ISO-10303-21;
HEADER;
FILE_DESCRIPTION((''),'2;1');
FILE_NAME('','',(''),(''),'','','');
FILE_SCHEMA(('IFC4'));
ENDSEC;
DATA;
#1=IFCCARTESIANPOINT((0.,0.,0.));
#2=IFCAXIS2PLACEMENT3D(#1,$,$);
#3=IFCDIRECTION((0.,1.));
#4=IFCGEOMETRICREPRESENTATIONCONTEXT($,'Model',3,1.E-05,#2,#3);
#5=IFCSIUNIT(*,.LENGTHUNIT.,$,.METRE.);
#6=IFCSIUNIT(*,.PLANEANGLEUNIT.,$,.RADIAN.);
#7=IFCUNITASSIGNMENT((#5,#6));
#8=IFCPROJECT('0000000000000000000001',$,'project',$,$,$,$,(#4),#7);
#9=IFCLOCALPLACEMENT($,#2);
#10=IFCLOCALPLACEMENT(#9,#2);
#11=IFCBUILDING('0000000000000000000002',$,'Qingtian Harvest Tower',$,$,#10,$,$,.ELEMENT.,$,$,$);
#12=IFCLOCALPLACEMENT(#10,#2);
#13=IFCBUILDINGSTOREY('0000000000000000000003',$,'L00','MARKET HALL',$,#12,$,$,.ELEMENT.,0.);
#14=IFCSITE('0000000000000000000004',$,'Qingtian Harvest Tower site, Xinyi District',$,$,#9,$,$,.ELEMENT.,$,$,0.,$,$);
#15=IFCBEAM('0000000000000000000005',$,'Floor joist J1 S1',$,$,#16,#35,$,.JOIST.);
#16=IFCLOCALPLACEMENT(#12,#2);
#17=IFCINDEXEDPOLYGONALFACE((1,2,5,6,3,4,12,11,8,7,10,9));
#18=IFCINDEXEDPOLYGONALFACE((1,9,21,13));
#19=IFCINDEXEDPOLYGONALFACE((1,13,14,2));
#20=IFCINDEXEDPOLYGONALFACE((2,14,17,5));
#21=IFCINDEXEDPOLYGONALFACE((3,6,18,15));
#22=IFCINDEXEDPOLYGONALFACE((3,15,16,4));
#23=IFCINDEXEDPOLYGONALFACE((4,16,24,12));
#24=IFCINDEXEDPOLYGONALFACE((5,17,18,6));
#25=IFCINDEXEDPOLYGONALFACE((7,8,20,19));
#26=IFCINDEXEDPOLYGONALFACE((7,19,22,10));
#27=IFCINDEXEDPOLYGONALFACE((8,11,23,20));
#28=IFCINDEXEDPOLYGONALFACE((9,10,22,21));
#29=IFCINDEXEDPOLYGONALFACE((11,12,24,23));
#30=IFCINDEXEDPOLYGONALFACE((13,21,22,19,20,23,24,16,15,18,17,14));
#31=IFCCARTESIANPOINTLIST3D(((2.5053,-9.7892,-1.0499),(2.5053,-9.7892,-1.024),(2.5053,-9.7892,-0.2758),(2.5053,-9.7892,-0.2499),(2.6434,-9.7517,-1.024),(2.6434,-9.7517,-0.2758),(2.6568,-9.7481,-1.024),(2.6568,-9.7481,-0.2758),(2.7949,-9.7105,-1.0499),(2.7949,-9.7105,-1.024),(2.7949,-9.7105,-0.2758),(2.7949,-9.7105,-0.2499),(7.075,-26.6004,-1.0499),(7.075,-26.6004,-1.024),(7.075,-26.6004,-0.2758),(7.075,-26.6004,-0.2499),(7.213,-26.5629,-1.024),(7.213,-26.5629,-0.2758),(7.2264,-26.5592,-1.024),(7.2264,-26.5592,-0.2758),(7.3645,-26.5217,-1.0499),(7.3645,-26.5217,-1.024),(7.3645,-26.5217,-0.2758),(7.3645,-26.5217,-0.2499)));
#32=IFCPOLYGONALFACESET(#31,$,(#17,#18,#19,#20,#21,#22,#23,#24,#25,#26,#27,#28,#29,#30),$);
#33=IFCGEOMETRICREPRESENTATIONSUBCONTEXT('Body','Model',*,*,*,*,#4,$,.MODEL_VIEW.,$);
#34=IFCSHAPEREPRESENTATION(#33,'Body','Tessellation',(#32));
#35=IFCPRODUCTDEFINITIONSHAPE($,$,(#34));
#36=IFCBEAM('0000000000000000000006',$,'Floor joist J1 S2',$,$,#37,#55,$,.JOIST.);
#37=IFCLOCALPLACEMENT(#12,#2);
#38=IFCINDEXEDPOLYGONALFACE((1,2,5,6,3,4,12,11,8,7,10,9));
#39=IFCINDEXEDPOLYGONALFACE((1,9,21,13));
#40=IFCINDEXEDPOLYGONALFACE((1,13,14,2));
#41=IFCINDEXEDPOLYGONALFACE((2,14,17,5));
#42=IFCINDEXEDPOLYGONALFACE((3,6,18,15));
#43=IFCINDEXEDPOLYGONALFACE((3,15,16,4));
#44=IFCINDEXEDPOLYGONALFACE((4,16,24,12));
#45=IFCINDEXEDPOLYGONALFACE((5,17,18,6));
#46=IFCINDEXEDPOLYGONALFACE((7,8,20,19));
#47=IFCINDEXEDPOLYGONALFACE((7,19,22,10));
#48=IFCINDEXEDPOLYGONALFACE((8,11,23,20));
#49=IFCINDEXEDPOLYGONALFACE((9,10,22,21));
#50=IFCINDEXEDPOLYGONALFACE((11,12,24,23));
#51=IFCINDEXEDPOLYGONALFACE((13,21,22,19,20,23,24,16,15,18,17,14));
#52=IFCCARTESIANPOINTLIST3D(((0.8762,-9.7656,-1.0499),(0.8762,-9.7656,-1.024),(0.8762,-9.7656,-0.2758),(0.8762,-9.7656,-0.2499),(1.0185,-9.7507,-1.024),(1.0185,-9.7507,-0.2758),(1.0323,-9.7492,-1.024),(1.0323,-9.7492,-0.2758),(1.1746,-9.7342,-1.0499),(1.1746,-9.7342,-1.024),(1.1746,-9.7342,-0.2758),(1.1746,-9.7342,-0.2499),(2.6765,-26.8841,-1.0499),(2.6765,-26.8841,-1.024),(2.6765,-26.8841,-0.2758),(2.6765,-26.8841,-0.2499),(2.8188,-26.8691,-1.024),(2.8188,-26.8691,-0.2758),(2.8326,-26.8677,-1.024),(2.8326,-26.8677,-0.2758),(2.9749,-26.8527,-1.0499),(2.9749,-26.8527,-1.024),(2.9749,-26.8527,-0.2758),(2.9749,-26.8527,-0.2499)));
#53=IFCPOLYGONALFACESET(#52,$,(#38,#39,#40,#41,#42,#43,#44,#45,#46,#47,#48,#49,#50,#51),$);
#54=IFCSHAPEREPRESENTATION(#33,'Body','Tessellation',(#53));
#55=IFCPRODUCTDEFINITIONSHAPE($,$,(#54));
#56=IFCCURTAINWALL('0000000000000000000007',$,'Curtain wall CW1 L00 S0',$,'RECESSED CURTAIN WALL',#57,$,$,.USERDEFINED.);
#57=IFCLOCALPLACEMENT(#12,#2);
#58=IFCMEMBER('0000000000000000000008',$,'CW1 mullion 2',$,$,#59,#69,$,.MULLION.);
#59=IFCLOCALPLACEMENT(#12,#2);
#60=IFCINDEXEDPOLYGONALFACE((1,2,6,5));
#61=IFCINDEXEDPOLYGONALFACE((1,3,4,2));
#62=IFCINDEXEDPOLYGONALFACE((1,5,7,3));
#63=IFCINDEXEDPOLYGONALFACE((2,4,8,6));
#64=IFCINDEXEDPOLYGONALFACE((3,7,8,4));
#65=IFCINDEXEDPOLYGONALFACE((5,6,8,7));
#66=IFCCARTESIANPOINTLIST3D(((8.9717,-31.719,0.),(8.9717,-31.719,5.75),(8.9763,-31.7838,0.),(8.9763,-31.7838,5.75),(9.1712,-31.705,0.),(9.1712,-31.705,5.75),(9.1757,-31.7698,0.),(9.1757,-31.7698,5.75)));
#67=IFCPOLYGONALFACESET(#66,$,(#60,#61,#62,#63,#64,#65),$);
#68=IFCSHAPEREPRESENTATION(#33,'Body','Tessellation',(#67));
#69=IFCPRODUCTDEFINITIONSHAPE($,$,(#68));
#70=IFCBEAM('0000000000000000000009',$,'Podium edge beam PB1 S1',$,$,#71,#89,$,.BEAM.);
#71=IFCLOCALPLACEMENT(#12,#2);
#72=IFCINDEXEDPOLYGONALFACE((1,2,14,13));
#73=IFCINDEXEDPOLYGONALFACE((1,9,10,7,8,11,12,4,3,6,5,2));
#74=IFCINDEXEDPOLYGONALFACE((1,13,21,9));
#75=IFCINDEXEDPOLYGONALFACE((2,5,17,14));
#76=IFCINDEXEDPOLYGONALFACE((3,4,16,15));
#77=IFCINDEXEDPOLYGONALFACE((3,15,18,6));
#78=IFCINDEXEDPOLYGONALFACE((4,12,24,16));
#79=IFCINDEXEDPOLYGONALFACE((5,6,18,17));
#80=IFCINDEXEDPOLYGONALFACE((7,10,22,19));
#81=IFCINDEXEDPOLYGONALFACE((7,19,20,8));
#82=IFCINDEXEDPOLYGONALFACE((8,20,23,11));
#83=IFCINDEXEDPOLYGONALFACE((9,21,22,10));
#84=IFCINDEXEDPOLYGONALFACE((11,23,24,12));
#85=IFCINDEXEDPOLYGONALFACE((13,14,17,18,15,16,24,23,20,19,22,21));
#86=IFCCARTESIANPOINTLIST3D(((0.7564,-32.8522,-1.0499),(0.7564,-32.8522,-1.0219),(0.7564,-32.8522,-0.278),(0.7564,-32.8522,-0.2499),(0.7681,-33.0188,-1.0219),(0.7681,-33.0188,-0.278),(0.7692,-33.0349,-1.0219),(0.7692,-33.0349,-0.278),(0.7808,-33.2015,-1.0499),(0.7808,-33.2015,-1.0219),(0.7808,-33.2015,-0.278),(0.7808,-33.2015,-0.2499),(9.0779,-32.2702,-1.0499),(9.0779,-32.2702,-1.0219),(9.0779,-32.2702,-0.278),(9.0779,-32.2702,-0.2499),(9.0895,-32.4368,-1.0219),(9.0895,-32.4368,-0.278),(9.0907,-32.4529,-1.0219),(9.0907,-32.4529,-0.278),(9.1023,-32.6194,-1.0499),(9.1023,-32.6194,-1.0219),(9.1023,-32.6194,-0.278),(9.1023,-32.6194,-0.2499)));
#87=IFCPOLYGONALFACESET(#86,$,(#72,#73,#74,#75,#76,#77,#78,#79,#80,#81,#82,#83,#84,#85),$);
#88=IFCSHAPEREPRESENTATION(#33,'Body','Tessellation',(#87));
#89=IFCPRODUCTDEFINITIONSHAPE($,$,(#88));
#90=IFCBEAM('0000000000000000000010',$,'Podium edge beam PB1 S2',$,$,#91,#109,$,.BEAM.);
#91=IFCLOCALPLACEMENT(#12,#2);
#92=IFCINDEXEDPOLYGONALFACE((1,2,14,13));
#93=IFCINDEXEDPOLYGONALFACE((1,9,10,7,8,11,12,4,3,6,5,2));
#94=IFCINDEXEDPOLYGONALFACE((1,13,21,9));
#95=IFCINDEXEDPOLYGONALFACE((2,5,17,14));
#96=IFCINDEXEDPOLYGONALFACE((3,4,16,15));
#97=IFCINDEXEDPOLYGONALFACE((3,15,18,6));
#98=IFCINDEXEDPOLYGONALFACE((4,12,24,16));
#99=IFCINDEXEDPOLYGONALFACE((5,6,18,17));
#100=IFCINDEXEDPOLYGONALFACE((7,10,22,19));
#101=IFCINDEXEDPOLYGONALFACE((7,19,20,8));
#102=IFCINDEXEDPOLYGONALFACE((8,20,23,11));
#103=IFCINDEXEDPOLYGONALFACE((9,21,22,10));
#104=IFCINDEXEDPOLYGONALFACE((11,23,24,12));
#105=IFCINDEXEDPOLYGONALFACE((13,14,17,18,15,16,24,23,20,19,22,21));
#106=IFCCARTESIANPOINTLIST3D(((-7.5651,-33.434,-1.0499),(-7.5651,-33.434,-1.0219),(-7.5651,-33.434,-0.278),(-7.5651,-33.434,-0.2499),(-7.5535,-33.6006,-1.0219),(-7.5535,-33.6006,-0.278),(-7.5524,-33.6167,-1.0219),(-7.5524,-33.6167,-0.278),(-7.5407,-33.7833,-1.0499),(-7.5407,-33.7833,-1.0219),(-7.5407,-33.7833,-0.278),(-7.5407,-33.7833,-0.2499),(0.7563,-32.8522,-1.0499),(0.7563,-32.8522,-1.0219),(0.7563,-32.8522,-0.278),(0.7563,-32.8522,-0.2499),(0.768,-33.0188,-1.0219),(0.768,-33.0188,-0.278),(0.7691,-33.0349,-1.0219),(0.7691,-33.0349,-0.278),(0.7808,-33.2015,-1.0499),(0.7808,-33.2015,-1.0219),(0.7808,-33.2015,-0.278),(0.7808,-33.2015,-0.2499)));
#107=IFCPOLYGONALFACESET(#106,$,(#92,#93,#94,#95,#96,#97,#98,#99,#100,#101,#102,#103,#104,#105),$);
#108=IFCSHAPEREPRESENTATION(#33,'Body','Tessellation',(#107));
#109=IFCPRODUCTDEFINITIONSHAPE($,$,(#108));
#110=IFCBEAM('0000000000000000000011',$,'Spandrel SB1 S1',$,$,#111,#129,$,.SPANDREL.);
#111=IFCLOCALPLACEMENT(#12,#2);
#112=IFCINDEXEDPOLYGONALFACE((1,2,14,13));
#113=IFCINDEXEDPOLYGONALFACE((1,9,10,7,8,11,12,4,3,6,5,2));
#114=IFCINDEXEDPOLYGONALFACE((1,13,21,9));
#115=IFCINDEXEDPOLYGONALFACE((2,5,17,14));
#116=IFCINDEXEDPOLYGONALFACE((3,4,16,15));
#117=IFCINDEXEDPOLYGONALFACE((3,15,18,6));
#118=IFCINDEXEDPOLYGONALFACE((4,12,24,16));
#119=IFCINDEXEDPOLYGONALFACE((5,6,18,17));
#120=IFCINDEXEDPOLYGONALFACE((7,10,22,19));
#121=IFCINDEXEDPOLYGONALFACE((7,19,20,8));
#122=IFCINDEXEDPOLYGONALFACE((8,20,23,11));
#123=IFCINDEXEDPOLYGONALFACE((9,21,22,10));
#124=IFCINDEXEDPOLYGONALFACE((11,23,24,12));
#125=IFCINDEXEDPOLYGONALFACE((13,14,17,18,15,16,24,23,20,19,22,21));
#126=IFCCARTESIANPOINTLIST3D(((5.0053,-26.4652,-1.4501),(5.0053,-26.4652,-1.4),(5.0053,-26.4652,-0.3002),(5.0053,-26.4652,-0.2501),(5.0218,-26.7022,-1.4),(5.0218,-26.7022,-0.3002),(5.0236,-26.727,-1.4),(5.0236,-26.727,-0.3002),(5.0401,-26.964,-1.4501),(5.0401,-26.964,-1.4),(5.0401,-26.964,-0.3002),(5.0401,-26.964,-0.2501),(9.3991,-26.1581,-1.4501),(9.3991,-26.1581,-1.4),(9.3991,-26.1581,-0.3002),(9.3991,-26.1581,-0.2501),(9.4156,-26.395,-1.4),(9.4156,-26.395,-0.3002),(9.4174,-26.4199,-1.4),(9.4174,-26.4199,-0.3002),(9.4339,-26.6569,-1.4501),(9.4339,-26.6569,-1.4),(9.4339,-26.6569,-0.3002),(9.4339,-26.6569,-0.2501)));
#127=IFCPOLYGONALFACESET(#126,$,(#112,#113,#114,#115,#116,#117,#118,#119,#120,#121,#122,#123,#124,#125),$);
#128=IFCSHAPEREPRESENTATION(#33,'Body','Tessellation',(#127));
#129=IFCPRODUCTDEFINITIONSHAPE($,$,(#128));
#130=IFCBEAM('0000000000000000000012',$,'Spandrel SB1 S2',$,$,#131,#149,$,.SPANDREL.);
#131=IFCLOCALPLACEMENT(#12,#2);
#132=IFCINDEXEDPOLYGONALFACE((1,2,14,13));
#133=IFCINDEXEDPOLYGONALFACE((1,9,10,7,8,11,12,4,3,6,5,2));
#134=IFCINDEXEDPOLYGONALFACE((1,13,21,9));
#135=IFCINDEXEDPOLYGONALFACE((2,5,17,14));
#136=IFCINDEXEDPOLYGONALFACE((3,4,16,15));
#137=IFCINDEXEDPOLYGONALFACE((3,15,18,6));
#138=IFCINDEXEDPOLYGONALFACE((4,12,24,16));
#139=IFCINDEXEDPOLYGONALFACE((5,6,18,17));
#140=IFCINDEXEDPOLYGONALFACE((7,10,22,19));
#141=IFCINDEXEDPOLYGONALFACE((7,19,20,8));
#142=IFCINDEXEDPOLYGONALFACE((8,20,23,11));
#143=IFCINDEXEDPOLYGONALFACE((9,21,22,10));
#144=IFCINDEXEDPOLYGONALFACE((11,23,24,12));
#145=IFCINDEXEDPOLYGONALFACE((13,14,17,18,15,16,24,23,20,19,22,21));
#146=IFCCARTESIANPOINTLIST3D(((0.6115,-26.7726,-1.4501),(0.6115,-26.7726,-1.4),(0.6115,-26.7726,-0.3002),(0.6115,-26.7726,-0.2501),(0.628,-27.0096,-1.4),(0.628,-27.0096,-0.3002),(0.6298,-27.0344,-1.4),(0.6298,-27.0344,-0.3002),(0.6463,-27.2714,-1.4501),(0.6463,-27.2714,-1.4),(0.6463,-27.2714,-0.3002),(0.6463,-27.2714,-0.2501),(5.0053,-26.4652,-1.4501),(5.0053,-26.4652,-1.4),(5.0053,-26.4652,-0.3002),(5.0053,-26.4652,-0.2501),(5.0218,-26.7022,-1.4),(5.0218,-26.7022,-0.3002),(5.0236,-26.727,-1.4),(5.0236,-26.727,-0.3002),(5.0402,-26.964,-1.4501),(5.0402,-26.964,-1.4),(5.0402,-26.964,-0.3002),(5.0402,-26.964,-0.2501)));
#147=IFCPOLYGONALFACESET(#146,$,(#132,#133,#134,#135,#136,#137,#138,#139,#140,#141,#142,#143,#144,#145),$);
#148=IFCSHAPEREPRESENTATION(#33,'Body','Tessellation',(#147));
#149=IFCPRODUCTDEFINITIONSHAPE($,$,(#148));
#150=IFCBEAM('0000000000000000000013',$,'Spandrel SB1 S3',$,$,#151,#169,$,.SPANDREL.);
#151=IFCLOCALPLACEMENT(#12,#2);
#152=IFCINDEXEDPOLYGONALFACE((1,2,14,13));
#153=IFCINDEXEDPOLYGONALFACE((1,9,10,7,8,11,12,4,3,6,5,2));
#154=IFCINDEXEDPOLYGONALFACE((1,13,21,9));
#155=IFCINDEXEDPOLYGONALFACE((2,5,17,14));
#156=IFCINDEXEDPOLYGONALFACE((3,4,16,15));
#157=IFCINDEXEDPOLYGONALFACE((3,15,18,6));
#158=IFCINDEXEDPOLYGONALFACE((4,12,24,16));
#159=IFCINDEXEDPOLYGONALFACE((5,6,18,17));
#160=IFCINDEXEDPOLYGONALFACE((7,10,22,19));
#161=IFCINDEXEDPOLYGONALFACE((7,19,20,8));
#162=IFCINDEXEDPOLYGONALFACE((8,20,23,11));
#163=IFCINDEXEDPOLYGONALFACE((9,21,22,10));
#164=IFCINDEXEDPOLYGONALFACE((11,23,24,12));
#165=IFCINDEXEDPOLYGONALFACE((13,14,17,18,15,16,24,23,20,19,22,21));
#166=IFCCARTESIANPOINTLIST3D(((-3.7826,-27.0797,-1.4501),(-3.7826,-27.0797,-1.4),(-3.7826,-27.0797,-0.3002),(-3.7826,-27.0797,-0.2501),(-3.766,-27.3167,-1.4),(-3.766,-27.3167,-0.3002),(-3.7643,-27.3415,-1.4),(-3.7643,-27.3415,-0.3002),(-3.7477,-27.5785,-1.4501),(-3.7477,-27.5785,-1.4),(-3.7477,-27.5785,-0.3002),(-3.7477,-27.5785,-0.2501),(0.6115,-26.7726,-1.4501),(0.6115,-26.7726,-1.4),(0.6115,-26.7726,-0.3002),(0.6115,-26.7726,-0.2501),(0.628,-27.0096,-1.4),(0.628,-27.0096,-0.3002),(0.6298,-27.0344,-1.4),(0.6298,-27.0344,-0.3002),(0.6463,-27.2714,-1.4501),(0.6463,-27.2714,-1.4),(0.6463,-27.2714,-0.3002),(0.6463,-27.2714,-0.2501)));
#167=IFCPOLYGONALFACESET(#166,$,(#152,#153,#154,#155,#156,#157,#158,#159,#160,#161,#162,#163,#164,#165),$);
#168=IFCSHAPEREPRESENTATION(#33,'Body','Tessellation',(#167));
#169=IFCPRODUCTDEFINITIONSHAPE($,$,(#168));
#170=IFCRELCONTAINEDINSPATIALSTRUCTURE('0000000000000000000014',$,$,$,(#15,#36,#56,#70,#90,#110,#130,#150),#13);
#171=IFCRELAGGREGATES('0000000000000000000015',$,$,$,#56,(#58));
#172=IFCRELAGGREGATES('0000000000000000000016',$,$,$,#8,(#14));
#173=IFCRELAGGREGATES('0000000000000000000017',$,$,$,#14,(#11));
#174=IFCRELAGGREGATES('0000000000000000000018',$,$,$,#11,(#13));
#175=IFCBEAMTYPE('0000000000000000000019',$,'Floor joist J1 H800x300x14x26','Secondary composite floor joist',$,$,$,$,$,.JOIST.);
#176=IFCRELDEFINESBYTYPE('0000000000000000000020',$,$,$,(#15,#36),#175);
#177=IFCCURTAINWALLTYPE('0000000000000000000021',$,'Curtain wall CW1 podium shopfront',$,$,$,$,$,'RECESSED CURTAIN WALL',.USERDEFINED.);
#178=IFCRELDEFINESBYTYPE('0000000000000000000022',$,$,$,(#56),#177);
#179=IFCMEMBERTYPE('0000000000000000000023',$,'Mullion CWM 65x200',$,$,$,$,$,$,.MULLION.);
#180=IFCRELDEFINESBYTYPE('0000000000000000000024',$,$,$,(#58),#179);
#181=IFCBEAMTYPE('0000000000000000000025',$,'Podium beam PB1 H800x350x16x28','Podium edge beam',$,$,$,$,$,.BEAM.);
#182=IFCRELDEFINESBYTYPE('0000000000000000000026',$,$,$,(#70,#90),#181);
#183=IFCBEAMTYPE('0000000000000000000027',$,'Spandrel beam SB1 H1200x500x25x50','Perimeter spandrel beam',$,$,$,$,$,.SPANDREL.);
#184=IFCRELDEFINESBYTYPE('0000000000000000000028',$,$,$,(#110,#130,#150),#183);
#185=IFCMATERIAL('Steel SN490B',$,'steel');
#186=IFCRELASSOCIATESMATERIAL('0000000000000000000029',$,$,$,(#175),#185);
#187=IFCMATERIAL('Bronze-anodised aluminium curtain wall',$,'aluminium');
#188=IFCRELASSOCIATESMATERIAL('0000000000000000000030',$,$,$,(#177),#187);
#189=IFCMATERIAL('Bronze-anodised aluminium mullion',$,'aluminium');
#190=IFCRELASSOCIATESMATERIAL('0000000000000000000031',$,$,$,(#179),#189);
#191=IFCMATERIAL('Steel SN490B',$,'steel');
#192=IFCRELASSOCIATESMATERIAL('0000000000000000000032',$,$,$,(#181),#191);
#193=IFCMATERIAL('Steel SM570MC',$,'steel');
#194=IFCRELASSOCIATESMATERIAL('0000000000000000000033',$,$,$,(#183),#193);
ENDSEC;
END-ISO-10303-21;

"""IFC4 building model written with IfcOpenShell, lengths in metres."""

from ifc_helpers import new_model, si_unit, direction, frame, origin, origin_2d, place, context, subcontext, project, spatial, rectangle, i_section, extrude, material, material_profile, profile_set, type_object, element, aggregate, save


model = new_model("IFC4")

# Units and contexts
model_context = context("Model", 3, precision=1e-05, world=origin(), true_north=direction((0.0, 1.0)))
body_context = subcontext(model_context, "Body", "Model", "MODEL_VIEW")
ifc_project = project(units=[si_unit("LENGTHUNIT", "METRE"), si_unit("PLANEANGLEUNIT", "RADIAN")], contexts=[model_context])

# Site, building, storey
site_placement = place(None, origin())
site = spatial("IfcSite", under=ifc_project, at=site_placement, Name="Qingtian Harvest Tower site, Xinyi District", CompositionType="ELEMENT", RefElevation=0.0)
building_placement = place(site_placement, origin())
building = spatial("IfcBuilding", under=site, at=building_placement, Name="Qingtian Harvest Tower", CompositionType="ELEMENT")
storey_placement = place(building_placement, origin())
storey = spatial("IfcBuildingStorey", under=building, at=storey_placement, Name="L00", Description="MARKET HALL", CompositionType="ELEMENT", Elevation=0.0)

# Beams
ifc_material_1 = material(Name="Steel SN490B", Category="steel")
ifc_material_profile_1 = material_profile(ifc_material_1, i_section(OverallWidth=0.3, OverallDepth=0.8, WebThickness=0.0139, FlangeThickness=0.0259, at=origin_2d()), Name="H800x300x14x26")
ifc_profile_set_1 = profile_set([ifc_material_profile_1], Name="Steel SN490B")
beam_type_1 = type_object("IfcBeamType", Name="Floor joist J1 H800x300x14x26", Description="Secondary composite floor joist", PredefinedType="JOIST", material=ifc_profile_set_1)
beam_1_placement = place(storey_placement, frame((7.2197, -26.561, -0.6499), z_axis=(-0.262303, 0.964986, 0.0), x_axis=(-0.964986, -0.262303, 0.0)))
element("IfcBeam", 1, at=beam_1_placement, inside=storey, type_object=beam_type_1, Name="Floor joist J1 S1", PredefinedType="JOIST", context=body_context, shape_type="SweptSolid", body=[
    extrude(i_section(OverallWidth=0.3, OverallDepth=0.8, WebThickness=0.0139, FlangeThickness=0.0259, at=origin_2d()), origin(), (0.0, 0.0, 1.0), 17.4211),
])
beam_2_placement = place(storey_placement, frame((2.8257, -26.8684, -0.6499), z_axis=(-0.10459, 0.994515, 0.0), x_axis=(-0.994515, -0.10459, 0.0)))
element("IfcBeam", 2, at=beam_2_placement, inside=storey, type_object=beam_type_1, Name="Floor joist J1 S2", PredefinedType="JOIST", context=body_context, shape_type="SweptSolid", body=[
    extrude(i_section(OverallWidth=0.3, OverallDepth=0.8, WebThickness=0.0139, FlangeThickness=0.0259, at=origin_2d()), origin(), (0.0, 0.0, 1.0), 17.2129),
])

# Curtain wall, member
ifc_material_2 = material(Name="Bronze-anodised aluminium curtain wall", Category="aluminium")
curtain_wall_type = type_object("IfcCurtainWallType", Name="Curtain wall CW1 podium shopfront", ElementType="RECESSED CURTAIN WALL", PredefinedType="USERDEFINED", material=ifc_material_2)
curtain_wall_placement = place(storey_placement, origin())
curtain_wall = element("IfcCurtainWall", 3, at=curtain_wall_placement, inside=storey, type_object=curtain_wall_type, Name="Curtain wall CW1 L00 S0", ObjectType="RECESSED CURTAIN WALL", PredefinedType="USERDEFINED")
ifc_material_3 = material(Name="Bronze-anodised aluminium mullion", Category="aluminium")
ifc_material_profile_2 = material_profile(ifc_material_3, rectangle(XDim=0.0649, YDim=0.2, at=origin_2d()), Name="AL 65x200")
ifc_profile_set_2 = profile_set([ifc_material_profile_2], Name="Bronze-anodised aluminium mullion")
member_type = type_object("IfcMemberType", Name="Mullion CWM 65x200", PredefinedType="MULLION", material=ifc_profile_set_2)
member_placement = place(storey_placement, frame((9.0737, -31.7444, 0.0), z_axis=(0.0, 0.0, 1.0), x_axis=(0.069756, -0.997564, 0.0)))
member = element("IfcMember", 4, at=member_placement, type_object=member_type, Name="CW1 mullion 2", PredefinedType="MULLION", context=body_context, shape_type="SweptSolid", body=[
    extrude(rectangle(XDim=0.0649, YDim=0.2, at=origin_2d()), origin(), (0.0, 0.0, 1.0), 5.75),
])
aggregate(curtain_wall, [member])

# Beams
ifc_material_4 = material(Name="Steel SN490B", Category="steel")
ifc_material_profile_3 = material_profile(ifc_material_4, i_section(OverallWidth=0.3501, OverallDepth=0.8, WebThickness=0.0161, FlangeThickness=0.0281, at=origin_2d()), Name="H800x350x16x28")
ifc_profile_set_3 = profile_set([ifc_material_profile_3], Name="Steel SN490B")
beam_type_2 = type_object("IfcBeamType", Name="Podium beam PB1 H800x350x16x28", Description="Podium edge beam", PredefinedType="BEAM", material=ifc_profile_set_3)
for number, where, z_axis, x_axis, name in (
    (5, (9.0901, -32.4448, -0.6499), (-0.997563, -0.069772, 0.0), (0.069772, -0.997563, 0.0), "Podium edge beam PB1 S1"),
    (6, (0.7686, -33.0269, -0.6499), (-0.997565, -0.069743, 0.0), (0.069743, -0.997565, 0.0), "Podium edge beam PB1 S2"),
):
    element("IfcBeam", number, at=place(storey_placement, frame(where, z_axis=z_axis, x_axis=x_axis)), inside=storey, type_object=beam_type_2, Name=name, PredefinedType="BEAM", context=body_context, shape_type="SweptSolid", body=[
        extrude(i_section(OverallWidth=0.3501, OverallDepth=0.8, WebThickness=0.0161, FlangeThickness=0.0281, at=origin_2d()), origin(), (0.0, 0.0, 1.0), 8.3418),
    ])
ifc_material_5 = material(Name="Steel SM570MC", Category="steel")
ifc_material_profile_4 = material_profile(ifc_material_5, i_section(OverallWidth=0.5, OverallDepth=1.2, WebThickness=0.0249, FlangeThickness=0.05, at=origin_2d()), Name="H1200x500x25x50")
ifc_profile_set_4 = profile_set([ifc_material_profile_4], Name="Steel SM570MC")
beam_type_3 = type_object("IfcBeamType", Name="Spandrel beam SB1 H1200x500x25x50", Description="Perimeter spandrel beam", PredefinedType="SPANDREL", material=ifc_profile_set_4)
for number, where, z_axis, x_axis, name in (
    (7, (9.4165, -26.4075, -0.8501), (-0.997566, -0.06973, 0.0), (0.06973, -0.997566, 0.0), "Spandrel SB1 S1"),
    (8, (5.0227, -26.7146, -0.8501), (-0.997562, -0.069786, 0.0), (0.069786, -0.997562, 0.0), "Spandrel SB1 S2"),
):
    element("IfcBeam", number, at=place(storey_placement, frame(where, z_axis=z_axis, x_axis=x_axis)), inside=storey, type_object=beam_type_3, Name=name, PredefinedType="SPANDREL", context=body_context, shape_type="SweptSolid", body=[
        extrude(i_section(OverallWidth=0.5, OverallDepth=1.2, WebThickness=0.0249, FlangeThickness=0.05, at=origin_2d()), origin(), (0.0, 0.0, 1.0), 4.4045),
    ])
beam_3_placement = place(storey_placement, frame((0.6289, -27.022, -0.8501), z_axis=(-0.997566, -0.069727, 0.0), x_axis=(0.069727, -0.997566, 0.0)))
element("IfcBeam", 9, at=beam_3_placement, inside=storey, type_object=beam_type_3, Name="Spandrel SB1 S3", PredefinedType="SPANDREL", context=body_context, shape_type="SweptSolid", body=[
    extrude(i_section(OverallWidth=0.5, OverallDepth=1.2, WebThickness=0.0249, FlangeThickness=0.05, at=origin_2d()), origin(), (0.0, 0.0, 1.0), 4.4048),
])

save(model, "model.ifc")
